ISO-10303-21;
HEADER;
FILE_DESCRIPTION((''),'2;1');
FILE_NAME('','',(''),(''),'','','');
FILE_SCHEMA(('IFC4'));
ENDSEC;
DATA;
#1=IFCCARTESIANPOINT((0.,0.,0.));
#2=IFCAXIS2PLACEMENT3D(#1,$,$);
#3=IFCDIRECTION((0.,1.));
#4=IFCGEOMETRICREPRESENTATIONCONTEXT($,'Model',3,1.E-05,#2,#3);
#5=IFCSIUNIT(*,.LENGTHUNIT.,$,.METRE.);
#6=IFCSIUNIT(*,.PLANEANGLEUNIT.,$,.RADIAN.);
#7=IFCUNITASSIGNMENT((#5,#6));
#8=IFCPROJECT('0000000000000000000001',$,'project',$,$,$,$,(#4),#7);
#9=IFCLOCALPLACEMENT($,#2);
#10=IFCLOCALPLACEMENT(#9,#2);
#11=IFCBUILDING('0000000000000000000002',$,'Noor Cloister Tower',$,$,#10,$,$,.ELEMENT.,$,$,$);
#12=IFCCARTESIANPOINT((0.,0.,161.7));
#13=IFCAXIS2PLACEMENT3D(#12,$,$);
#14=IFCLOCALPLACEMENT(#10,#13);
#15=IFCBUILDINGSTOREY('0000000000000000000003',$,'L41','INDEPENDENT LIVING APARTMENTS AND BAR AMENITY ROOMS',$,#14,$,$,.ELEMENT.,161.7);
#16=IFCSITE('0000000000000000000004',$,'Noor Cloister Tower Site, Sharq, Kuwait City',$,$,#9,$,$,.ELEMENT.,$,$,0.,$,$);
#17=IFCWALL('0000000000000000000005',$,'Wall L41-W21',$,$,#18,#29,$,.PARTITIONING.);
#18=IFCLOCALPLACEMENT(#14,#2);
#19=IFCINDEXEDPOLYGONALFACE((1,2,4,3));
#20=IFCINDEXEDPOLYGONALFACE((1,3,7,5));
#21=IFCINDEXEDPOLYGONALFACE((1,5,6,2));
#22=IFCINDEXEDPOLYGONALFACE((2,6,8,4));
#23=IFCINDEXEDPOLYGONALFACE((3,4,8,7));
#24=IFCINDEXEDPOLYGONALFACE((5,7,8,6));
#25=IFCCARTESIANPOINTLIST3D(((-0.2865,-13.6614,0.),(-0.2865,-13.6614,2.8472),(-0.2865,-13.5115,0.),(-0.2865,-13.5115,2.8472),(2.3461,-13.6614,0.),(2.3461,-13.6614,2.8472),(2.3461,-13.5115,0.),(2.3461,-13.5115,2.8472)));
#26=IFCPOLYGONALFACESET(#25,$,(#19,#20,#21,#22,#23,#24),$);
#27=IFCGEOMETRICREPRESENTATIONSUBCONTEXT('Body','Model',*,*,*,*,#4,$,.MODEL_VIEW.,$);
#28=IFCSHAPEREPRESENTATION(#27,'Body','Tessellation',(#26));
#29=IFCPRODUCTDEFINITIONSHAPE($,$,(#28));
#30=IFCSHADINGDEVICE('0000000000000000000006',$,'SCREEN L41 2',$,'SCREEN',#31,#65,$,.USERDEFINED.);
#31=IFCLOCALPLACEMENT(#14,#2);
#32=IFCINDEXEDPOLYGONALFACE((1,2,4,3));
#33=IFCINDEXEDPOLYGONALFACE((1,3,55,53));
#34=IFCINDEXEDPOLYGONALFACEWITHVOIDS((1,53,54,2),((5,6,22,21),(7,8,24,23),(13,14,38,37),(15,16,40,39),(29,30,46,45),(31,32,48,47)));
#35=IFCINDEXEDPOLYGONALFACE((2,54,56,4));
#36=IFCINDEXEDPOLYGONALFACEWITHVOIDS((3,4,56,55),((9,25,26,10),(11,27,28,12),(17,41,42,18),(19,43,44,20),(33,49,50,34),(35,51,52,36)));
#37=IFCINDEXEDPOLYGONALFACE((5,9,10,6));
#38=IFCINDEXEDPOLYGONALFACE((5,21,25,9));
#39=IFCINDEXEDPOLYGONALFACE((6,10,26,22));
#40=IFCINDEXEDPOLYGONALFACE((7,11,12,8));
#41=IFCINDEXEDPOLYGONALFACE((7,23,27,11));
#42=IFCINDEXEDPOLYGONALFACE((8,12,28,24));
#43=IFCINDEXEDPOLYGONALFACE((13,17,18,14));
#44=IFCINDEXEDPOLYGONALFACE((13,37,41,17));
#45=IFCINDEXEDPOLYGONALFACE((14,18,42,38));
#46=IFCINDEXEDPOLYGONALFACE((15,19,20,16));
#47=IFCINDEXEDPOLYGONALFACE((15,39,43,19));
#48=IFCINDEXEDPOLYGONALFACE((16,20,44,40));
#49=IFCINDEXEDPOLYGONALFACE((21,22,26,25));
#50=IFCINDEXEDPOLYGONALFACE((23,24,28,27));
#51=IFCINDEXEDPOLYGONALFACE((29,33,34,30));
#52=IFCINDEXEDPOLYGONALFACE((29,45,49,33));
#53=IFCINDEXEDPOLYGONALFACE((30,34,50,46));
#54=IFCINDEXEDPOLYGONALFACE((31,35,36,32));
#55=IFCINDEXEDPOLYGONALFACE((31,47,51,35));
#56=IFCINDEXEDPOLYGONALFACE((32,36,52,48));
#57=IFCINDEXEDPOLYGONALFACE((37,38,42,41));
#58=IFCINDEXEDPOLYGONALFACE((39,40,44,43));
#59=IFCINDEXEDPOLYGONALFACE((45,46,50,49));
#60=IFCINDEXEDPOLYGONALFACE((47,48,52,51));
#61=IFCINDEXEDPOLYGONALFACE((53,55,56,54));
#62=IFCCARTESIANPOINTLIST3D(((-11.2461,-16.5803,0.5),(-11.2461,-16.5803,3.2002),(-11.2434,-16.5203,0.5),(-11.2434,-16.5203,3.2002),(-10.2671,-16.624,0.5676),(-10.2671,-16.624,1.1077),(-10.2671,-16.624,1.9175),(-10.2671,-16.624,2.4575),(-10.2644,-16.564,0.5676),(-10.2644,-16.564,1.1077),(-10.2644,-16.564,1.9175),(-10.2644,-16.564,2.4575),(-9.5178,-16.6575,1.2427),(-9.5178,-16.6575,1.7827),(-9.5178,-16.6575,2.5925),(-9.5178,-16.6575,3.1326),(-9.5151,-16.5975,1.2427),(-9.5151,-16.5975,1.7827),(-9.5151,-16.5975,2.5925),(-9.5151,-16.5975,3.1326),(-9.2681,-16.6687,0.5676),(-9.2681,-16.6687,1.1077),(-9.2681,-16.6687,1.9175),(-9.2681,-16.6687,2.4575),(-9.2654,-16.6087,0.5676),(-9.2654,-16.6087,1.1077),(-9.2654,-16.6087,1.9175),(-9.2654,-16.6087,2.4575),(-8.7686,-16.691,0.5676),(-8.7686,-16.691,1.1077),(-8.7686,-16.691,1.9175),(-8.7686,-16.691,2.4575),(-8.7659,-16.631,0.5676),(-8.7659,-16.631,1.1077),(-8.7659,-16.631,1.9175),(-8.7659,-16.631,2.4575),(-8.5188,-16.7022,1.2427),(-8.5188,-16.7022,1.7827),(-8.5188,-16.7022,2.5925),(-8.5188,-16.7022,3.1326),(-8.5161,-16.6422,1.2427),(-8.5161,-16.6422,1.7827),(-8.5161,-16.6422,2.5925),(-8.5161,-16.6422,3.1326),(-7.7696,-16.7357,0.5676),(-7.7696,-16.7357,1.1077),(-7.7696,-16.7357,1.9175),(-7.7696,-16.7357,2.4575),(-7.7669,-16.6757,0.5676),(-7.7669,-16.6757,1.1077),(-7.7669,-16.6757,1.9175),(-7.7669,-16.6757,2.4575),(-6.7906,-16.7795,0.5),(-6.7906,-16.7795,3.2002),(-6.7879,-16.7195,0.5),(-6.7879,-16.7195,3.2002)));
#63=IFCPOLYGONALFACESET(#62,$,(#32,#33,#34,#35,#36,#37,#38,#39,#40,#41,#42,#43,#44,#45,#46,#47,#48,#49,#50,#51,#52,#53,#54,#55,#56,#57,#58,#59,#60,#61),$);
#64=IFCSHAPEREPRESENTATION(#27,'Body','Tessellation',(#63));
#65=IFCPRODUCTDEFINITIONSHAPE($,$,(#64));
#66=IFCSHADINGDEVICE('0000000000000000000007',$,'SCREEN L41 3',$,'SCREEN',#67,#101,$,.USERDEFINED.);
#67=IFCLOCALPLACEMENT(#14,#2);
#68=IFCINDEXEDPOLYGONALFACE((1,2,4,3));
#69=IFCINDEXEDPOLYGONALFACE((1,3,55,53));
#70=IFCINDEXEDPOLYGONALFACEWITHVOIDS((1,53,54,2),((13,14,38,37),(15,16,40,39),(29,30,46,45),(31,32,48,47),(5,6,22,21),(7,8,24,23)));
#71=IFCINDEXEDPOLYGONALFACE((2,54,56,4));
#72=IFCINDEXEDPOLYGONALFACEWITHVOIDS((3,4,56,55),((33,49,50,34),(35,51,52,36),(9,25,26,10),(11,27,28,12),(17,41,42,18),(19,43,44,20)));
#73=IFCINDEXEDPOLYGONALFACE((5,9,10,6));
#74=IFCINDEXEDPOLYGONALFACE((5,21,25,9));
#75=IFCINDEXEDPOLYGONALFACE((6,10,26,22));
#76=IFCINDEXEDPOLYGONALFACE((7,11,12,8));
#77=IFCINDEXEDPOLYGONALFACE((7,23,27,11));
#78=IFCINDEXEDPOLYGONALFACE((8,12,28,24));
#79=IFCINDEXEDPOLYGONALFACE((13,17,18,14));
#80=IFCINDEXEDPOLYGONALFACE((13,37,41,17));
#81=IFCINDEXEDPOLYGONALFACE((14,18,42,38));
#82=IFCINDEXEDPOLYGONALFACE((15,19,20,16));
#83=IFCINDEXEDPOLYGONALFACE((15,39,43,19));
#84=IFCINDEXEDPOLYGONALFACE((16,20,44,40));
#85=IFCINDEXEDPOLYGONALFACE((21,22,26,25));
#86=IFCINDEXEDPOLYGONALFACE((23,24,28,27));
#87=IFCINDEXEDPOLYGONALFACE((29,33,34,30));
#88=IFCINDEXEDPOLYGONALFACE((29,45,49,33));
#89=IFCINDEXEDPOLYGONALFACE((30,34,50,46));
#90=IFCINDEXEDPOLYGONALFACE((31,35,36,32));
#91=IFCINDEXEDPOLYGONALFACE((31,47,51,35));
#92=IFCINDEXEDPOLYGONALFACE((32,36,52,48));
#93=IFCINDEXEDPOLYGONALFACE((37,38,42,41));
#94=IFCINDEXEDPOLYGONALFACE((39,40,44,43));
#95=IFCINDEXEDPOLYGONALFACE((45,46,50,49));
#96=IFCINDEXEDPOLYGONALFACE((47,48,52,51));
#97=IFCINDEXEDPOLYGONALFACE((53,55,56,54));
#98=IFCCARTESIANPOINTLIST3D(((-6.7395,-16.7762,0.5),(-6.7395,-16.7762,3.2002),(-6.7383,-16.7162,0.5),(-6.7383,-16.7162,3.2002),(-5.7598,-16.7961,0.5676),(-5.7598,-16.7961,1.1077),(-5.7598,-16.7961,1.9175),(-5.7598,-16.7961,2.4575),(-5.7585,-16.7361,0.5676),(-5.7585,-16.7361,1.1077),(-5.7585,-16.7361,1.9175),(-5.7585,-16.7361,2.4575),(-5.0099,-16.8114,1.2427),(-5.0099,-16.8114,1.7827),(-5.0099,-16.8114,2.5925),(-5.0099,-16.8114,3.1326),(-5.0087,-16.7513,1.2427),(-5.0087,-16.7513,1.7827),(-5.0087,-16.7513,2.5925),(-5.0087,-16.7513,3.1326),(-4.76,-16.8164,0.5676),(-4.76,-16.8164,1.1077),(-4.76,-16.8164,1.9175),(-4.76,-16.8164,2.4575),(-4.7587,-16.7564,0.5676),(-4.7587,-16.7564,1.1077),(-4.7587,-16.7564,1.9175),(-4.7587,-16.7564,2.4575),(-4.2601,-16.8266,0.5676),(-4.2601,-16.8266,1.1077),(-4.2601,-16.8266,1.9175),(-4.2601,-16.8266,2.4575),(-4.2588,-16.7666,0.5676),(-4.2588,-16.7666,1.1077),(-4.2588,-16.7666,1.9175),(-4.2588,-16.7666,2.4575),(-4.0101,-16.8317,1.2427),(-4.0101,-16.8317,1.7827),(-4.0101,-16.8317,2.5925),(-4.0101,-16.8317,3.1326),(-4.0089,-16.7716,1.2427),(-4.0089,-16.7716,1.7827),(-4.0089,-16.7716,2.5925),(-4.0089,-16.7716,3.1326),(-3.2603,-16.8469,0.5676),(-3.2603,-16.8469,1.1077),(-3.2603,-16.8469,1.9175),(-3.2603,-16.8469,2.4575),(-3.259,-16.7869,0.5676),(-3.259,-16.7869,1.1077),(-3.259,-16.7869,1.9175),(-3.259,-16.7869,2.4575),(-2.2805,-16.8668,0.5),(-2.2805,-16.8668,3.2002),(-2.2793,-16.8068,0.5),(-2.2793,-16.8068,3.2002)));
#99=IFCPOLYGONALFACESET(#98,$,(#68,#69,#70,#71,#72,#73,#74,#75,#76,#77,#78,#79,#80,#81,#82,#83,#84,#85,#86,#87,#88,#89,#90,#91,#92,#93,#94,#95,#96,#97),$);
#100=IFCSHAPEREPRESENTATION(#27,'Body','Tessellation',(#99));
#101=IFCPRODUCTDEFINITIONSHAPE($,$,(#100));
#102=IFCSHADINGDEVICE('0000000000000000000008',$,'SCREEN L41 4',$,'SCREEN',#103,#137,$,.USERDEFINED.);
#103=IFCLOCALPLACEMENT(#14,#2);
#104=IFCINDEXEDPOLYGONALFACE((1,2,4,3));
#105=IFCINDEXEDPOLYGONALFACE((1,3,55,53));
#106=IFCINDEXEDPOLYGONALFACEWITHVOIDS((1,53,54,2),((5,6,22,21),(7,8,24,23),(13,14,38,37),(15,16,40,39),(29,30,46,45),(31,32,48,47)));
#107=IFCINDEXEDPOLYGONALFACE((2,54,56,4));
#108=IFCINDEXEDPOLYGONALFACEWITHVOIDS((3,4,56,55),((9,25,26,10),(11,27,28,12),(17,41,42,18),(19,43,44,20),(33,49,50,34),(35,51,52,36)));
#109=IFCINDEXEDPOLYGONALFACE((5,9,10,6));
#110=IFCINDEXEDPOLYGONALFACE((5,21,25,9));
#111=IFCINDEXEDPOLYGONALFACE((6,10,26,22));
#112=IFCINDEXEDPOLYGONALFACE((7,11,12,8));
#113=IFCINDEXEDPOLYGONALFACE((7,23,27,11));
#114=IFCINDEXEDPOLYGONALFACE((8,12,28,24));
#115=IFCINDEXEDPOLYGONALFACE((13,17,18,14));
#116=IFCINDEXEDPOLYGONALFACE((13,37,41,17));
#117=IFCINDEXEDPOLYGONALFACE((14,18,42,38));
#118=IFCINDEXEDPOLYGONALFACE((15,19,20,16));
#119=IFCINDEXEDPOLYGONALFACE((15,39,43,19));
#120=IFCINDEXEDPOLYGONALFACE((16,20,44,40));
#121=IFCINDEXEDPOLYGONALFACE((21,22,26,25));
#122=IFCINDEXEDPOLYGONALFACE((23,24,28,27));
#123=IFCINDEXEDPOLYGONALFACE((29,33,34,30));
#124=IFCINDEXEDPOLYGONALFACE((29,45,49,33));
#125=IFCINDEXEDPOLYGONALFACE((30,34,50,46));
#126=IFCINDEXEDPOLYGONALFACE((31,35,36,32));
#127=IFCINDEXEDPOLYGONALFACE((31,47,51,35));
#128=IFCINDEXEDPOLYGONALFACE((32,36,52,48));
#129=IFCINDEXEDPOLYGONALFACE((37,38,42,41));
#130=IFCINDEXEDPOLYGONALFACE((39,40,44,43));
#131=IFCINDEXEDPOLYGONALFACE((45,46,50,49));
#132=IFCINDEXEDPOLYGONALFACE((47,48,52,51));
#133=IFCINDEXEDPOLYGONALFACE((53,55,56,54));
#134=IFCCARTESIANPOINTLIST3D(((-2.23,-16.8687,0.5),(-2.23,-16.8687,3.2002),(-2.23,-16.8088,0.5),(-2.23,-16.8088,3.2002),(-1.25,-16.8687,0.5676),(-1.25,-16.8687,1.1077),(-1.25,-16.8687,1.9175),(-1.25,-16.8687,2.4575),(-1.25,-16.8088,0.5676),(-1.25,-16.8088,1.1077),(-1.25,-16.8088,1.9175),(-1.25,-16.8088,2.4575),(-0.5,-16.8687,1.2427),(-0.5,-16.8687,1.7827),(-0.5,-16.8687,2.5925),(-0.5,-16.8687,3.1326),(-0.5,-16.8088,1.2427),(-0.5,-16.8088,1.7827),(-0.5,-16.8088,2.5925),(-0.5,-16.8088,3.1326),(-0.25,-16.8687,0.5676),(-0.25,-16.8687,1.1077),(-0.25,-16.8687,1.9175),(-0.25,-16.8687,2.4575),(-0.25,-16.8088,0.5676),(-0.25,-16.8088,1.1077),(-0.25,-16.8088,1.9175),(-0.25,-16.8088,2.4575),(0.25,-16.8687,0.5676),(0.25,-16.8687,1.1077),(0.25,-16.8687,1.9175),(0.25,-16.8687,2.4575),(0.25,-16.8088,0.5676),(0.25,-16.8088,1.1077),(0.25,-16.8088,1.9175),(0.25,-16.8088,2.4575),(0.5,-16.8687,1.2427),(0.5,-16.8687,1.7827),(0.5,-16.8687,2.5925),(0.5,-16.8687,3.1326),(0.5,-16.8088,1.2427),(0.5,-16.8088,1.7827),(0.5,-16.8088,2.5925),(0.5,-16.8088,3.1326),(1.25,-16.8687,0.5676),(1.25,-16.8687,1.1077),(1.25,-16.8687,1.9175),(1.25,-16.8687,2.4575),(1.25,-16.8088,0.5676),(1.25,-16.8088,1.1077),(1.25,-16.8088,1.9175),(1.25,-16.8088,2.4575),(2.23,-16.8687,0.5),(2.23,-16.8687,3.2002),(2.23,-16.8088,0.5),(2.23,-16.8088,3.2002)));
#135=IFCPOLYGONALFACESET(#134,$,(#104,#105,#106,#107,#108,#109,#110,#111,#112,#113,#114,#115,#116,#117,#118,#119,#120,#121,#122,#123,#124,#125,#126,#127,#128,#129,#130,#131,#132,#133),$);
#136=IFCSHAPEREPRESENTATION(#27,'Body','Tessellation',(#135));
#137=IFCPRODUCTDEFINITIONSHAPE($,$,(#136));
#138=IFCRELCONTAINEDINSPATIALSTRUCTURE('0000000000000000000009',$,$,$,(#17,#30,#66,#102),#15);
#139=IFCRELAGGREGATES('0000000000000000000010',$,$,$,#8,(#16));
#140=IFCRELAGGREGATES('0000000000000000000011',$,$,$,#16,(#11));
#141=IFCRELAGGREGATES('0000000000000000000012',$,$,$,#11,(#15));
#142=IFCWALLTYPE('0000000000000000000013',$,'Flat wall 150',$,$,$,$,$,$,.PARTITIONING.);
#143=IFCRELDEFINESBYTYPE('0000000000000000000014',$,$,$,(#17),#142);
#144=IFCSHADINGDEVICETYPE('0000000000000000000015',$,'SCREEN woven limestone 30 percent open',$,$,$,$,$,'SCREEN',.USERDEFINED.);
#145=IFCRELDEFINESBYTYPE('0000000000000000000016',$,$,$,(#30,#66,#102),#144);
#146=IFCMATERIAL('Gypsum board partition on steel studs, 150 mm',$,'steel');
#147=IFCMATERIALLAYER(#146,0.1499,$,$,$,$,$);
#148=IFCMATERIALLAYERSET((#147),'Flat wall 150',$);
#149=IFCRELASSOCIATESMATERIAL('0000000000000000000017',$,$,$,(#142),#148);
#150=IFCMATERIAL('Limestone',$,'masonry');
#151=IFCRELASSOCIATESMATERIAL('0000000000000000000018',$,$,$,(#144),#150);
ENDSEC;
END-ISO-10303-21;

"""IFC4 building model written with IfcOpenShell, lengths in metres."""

from ifc_helpers import new_model, si_unit, direction, frame, frame_2d, origin, place, context, subcontext, project, spatial, polyline, rectangle, outline, extrude, material, layer, layer_set, material_profile, profile_set, type_object, element, save


model = new_model("IFC4")

# Units and contexts
model_context = context("Model", 3, precision=1e-05, world=origin(), true_north=direction((0.0, 1.0)))
body_context = subcontext(model_context, "Body", "Model", "MODEL_VIEW")
ifc_project = project(units=[si_unit("LENGTHUNIT", "METRE"), si_unit("PLANEANGLEUNIT", "RADIAN")], contexts=[model_context])

# Site, building, storey
site_placement = place(None, origin())
site = spatial("IfcSite", under=ifc_project, at=site_placement, Name="Noor Cloister Tower Site, Sharq, Kuwait City", CompositionType="ELEMENT", RefElevation=0.0)
building_placement = place(site_placement, origin())
building = spatial("IfcBuilding", under=site, at=building_placement, Name="Noor Cloister Tower", CompositionType="ELEMENT")
storey_placement = place(building_placement, frame((0.0, 0.0, 161.7)))
storey = spatial("IfcBuildingStorey", under=building, at=storey_placement, Name="L41", Description="INDEPENDENT LIVING APARTMENTS AND BAR AMENITY ROOMS", CompositionType="ELEMENT", Elevation=161.7)

# Wall
ifc_material_1 = material(Name="Gypsum board partition on steel studs, 150 mm", Category="steel")
ifc_layer_1 = layer(ifc_material_1, 0.1499)
ifc_layer_set_1 = layer_set([ifc_layer_1], Name="Flat wall 150")
wall_type = type_object("IfcWallType", Name="Flat wall 150", PredefinedType="PARTITIONING", material=ifc_layer_set_1)
wall_placement = place(storey_placement, frame((-0.2866, -13.5864, 0.0), z_axis=(0.0, 0.0, 1.0), x_axis=(1.0, 0.0, 0.0)))
element("IfcWall", 1, at=wall_placement, inside=storey, type_object=wall_type, Name="Wall L41-W21", PredefinedType="PARTITIONING", context=body_context, shape_type="SweptSolid", body=[
    extrude(rectangle(XDim=2.6326, YDim=0.1499, at=frame_2d((1.3164, 0.0))), origin(), (0.0, 0.0, 1.0), 2.8472),
])

# Shading devices
ifc_material_2 = material(Name="Limestone", Category="masonry")
ifc_material_profile_1 = material_profile(ifc_material_2, outline(polyline([(-2.23, -1.3501), (2.23, -1.3501), (2.23, 1.3501), (-2.23, 1.3501), (-2.23, -1.3501)]), holes=[polyline([(-1.25, -1.2825), (-0.25, -1.2825), (-0.25, -0.7424), (-1.25, -0.7424), (-1.25, -1.2825)]), polyline([(0.25, -1.2825), (1.25, -1.2825), (1.25, -0.7424), (0.25, -0.7424), (0.25, -1.2825)]), polyline([(-0.5, -0.6074), (0.5, -0.6074), (0.5, -0.0674), (-0.5, -0.0674), (-0.5, -0.6074)]), polyline([(-1.25, 0.0674), (-0.25, 0.0674), (-0.25, 0.6074), (-1.25, 0.6074), (-1.25, 0.0674)]), polyline([(0.25, 0.0674), (1.25, 0.0674), (1.25, 0.6074), (0.25, 0.6074), (0.25, 0.0674)]), polyline([(-0.5, 0.7424), (0.5, 0.7424), (0.5, 1.2825), (-0.5, 1.2825), (-0.5, 0.7424)])]), Name="Woven screen 30 percent open")
ifc_profile_set_1 = profile_set([ifc_material_profile_1], Name="Limestone")
shading_device_type = type_object("IfcShadingDeviceType", Name="SCREEN woven limestone 30 percent open", ElementType="SCREEN", PredefinedType="USERDEFINED", material=ifc_profile_set_1)
for number, where, z_axis, x_axis, name in (
    (2, (-9.0156, -16.6199, 1.8501), (-0.044671, -0.999002, 0.0), (0.999002, -0.044671, 0.0), "SCREEN L41 2"),
    (3, (-4.5088, -16.7615, 1.8501), (-0.020321, -0.999794, 0.0), (0.999794, -0.020321, 0.0), "SCREEN L41 3"),
):
    element("IfcShadingDevice", number, at=place(storey_placement, frame(where, z_axis=z_axis, x_axis=x_axis)), inside=storey, type_object=shading_device_type, Name=name, ObjectType="SCREEN", PredefinedType="USERDEFINED", context=body_context, shape_type="SweptSolid", body=[
        extrude(outline(polyline([(-2.23, -1.3501), (2.23, -1.3501), (2.23, 1.3501), (-2.23, 1.3501), (-2.23, -1.3501)]), holes=[polyline([(-1.25, -1.2825), (-0.25, -1.2825), (-0.25, -0.7424), (-1.25, -0.7424), (-1.25, -1.2825)]), polyline([(0.25, -1.2825), (1.25, -1.2825), (1.25, -0.7424), (0.25, -0.7424), (0.25, -1.2825)]), polyline([(-0.5, -0.6074), (0.5, -0.6074), (0.5, -0.0674), (-0.5, -0.0674), (-0.5, -0.6074)]), polyline([(-1.25, 0.0674), (-0.25, 0.0674), (-0.25, 0.6074), (-1.25, 0.6074), (-1.25, 0.0674)]), polyline([(0.25, 0.0674), (1.25, 0.0674), (1.25, 0.6074), (0.25, 0.6074), (0.25, 0.0674)]), polyline([(-0.5, 0.7424), (0.5, 0.7424), (0.5, 1.2825), (-0.5, 1.2825), (-0.5, 0.7424)])]), origin(), (0.0, 0.0, 1.0), 0.0601),
    ])
shading_device_placement = place(storey_placement, frame((0.0, -16.8088, 1.8501), z_axis=(0.0, -1.0, 0.0), x_axis=(1.0, 0.0, 0.0)))
element("IfcShadingDevice", 4, at=shading_device_placement, inside=storey, type_object=shading_device_type, Name="SCREEN L41 4", ObjectType="SCREEN", PredefinedType="USERDEFINED", context=body_context, shape_type="SweptSolid", body=[
    extrude(outline(polyline([(-2.23, -1.3501), (2.23, -1.3501), (2.23, 1.3501), (-2.23, 1.3501), (-2.23, -1.3501)]), holes=[polyline([(-1.25, -1.2825), (-0.25, -1.2825), (-0.25, -0.7424), (-1.25, -0.7424), (-1.25, -1.2825)]), polyline([(0.25, -1.2825), (1.25, -1.2825), (1.25, -0.7424), (0.25, -0.7424), (0.25, -1.2825)]), polyline([(-0.5, -0.6074), (0.5, -0.6074), (0.5, -0.0674), (-0.5, -0.0674), (-0.5, -0.6074)]), polyline([(-1.25, 0.0674), (-0.25, 0.0674), (-0.25, 0.6074), (-1.25, 0.6074), (-1.25, 0.0674)]), polyline([(0.25, 0.0674), (1.25, 0.0674), (1.25, 0.6074), (0.25, 0.6074), (0.25, 0.0674)]), polyline([(-0.5, 0.7424), (0.5, 0.7424), (0.5, 1.2825), (-0.5, 1.2825), (-0.5, 0.7424)])]), origin(), (0.0, 0.0, 1.0), 0.0598),
])

save(model, "model.ifc")
